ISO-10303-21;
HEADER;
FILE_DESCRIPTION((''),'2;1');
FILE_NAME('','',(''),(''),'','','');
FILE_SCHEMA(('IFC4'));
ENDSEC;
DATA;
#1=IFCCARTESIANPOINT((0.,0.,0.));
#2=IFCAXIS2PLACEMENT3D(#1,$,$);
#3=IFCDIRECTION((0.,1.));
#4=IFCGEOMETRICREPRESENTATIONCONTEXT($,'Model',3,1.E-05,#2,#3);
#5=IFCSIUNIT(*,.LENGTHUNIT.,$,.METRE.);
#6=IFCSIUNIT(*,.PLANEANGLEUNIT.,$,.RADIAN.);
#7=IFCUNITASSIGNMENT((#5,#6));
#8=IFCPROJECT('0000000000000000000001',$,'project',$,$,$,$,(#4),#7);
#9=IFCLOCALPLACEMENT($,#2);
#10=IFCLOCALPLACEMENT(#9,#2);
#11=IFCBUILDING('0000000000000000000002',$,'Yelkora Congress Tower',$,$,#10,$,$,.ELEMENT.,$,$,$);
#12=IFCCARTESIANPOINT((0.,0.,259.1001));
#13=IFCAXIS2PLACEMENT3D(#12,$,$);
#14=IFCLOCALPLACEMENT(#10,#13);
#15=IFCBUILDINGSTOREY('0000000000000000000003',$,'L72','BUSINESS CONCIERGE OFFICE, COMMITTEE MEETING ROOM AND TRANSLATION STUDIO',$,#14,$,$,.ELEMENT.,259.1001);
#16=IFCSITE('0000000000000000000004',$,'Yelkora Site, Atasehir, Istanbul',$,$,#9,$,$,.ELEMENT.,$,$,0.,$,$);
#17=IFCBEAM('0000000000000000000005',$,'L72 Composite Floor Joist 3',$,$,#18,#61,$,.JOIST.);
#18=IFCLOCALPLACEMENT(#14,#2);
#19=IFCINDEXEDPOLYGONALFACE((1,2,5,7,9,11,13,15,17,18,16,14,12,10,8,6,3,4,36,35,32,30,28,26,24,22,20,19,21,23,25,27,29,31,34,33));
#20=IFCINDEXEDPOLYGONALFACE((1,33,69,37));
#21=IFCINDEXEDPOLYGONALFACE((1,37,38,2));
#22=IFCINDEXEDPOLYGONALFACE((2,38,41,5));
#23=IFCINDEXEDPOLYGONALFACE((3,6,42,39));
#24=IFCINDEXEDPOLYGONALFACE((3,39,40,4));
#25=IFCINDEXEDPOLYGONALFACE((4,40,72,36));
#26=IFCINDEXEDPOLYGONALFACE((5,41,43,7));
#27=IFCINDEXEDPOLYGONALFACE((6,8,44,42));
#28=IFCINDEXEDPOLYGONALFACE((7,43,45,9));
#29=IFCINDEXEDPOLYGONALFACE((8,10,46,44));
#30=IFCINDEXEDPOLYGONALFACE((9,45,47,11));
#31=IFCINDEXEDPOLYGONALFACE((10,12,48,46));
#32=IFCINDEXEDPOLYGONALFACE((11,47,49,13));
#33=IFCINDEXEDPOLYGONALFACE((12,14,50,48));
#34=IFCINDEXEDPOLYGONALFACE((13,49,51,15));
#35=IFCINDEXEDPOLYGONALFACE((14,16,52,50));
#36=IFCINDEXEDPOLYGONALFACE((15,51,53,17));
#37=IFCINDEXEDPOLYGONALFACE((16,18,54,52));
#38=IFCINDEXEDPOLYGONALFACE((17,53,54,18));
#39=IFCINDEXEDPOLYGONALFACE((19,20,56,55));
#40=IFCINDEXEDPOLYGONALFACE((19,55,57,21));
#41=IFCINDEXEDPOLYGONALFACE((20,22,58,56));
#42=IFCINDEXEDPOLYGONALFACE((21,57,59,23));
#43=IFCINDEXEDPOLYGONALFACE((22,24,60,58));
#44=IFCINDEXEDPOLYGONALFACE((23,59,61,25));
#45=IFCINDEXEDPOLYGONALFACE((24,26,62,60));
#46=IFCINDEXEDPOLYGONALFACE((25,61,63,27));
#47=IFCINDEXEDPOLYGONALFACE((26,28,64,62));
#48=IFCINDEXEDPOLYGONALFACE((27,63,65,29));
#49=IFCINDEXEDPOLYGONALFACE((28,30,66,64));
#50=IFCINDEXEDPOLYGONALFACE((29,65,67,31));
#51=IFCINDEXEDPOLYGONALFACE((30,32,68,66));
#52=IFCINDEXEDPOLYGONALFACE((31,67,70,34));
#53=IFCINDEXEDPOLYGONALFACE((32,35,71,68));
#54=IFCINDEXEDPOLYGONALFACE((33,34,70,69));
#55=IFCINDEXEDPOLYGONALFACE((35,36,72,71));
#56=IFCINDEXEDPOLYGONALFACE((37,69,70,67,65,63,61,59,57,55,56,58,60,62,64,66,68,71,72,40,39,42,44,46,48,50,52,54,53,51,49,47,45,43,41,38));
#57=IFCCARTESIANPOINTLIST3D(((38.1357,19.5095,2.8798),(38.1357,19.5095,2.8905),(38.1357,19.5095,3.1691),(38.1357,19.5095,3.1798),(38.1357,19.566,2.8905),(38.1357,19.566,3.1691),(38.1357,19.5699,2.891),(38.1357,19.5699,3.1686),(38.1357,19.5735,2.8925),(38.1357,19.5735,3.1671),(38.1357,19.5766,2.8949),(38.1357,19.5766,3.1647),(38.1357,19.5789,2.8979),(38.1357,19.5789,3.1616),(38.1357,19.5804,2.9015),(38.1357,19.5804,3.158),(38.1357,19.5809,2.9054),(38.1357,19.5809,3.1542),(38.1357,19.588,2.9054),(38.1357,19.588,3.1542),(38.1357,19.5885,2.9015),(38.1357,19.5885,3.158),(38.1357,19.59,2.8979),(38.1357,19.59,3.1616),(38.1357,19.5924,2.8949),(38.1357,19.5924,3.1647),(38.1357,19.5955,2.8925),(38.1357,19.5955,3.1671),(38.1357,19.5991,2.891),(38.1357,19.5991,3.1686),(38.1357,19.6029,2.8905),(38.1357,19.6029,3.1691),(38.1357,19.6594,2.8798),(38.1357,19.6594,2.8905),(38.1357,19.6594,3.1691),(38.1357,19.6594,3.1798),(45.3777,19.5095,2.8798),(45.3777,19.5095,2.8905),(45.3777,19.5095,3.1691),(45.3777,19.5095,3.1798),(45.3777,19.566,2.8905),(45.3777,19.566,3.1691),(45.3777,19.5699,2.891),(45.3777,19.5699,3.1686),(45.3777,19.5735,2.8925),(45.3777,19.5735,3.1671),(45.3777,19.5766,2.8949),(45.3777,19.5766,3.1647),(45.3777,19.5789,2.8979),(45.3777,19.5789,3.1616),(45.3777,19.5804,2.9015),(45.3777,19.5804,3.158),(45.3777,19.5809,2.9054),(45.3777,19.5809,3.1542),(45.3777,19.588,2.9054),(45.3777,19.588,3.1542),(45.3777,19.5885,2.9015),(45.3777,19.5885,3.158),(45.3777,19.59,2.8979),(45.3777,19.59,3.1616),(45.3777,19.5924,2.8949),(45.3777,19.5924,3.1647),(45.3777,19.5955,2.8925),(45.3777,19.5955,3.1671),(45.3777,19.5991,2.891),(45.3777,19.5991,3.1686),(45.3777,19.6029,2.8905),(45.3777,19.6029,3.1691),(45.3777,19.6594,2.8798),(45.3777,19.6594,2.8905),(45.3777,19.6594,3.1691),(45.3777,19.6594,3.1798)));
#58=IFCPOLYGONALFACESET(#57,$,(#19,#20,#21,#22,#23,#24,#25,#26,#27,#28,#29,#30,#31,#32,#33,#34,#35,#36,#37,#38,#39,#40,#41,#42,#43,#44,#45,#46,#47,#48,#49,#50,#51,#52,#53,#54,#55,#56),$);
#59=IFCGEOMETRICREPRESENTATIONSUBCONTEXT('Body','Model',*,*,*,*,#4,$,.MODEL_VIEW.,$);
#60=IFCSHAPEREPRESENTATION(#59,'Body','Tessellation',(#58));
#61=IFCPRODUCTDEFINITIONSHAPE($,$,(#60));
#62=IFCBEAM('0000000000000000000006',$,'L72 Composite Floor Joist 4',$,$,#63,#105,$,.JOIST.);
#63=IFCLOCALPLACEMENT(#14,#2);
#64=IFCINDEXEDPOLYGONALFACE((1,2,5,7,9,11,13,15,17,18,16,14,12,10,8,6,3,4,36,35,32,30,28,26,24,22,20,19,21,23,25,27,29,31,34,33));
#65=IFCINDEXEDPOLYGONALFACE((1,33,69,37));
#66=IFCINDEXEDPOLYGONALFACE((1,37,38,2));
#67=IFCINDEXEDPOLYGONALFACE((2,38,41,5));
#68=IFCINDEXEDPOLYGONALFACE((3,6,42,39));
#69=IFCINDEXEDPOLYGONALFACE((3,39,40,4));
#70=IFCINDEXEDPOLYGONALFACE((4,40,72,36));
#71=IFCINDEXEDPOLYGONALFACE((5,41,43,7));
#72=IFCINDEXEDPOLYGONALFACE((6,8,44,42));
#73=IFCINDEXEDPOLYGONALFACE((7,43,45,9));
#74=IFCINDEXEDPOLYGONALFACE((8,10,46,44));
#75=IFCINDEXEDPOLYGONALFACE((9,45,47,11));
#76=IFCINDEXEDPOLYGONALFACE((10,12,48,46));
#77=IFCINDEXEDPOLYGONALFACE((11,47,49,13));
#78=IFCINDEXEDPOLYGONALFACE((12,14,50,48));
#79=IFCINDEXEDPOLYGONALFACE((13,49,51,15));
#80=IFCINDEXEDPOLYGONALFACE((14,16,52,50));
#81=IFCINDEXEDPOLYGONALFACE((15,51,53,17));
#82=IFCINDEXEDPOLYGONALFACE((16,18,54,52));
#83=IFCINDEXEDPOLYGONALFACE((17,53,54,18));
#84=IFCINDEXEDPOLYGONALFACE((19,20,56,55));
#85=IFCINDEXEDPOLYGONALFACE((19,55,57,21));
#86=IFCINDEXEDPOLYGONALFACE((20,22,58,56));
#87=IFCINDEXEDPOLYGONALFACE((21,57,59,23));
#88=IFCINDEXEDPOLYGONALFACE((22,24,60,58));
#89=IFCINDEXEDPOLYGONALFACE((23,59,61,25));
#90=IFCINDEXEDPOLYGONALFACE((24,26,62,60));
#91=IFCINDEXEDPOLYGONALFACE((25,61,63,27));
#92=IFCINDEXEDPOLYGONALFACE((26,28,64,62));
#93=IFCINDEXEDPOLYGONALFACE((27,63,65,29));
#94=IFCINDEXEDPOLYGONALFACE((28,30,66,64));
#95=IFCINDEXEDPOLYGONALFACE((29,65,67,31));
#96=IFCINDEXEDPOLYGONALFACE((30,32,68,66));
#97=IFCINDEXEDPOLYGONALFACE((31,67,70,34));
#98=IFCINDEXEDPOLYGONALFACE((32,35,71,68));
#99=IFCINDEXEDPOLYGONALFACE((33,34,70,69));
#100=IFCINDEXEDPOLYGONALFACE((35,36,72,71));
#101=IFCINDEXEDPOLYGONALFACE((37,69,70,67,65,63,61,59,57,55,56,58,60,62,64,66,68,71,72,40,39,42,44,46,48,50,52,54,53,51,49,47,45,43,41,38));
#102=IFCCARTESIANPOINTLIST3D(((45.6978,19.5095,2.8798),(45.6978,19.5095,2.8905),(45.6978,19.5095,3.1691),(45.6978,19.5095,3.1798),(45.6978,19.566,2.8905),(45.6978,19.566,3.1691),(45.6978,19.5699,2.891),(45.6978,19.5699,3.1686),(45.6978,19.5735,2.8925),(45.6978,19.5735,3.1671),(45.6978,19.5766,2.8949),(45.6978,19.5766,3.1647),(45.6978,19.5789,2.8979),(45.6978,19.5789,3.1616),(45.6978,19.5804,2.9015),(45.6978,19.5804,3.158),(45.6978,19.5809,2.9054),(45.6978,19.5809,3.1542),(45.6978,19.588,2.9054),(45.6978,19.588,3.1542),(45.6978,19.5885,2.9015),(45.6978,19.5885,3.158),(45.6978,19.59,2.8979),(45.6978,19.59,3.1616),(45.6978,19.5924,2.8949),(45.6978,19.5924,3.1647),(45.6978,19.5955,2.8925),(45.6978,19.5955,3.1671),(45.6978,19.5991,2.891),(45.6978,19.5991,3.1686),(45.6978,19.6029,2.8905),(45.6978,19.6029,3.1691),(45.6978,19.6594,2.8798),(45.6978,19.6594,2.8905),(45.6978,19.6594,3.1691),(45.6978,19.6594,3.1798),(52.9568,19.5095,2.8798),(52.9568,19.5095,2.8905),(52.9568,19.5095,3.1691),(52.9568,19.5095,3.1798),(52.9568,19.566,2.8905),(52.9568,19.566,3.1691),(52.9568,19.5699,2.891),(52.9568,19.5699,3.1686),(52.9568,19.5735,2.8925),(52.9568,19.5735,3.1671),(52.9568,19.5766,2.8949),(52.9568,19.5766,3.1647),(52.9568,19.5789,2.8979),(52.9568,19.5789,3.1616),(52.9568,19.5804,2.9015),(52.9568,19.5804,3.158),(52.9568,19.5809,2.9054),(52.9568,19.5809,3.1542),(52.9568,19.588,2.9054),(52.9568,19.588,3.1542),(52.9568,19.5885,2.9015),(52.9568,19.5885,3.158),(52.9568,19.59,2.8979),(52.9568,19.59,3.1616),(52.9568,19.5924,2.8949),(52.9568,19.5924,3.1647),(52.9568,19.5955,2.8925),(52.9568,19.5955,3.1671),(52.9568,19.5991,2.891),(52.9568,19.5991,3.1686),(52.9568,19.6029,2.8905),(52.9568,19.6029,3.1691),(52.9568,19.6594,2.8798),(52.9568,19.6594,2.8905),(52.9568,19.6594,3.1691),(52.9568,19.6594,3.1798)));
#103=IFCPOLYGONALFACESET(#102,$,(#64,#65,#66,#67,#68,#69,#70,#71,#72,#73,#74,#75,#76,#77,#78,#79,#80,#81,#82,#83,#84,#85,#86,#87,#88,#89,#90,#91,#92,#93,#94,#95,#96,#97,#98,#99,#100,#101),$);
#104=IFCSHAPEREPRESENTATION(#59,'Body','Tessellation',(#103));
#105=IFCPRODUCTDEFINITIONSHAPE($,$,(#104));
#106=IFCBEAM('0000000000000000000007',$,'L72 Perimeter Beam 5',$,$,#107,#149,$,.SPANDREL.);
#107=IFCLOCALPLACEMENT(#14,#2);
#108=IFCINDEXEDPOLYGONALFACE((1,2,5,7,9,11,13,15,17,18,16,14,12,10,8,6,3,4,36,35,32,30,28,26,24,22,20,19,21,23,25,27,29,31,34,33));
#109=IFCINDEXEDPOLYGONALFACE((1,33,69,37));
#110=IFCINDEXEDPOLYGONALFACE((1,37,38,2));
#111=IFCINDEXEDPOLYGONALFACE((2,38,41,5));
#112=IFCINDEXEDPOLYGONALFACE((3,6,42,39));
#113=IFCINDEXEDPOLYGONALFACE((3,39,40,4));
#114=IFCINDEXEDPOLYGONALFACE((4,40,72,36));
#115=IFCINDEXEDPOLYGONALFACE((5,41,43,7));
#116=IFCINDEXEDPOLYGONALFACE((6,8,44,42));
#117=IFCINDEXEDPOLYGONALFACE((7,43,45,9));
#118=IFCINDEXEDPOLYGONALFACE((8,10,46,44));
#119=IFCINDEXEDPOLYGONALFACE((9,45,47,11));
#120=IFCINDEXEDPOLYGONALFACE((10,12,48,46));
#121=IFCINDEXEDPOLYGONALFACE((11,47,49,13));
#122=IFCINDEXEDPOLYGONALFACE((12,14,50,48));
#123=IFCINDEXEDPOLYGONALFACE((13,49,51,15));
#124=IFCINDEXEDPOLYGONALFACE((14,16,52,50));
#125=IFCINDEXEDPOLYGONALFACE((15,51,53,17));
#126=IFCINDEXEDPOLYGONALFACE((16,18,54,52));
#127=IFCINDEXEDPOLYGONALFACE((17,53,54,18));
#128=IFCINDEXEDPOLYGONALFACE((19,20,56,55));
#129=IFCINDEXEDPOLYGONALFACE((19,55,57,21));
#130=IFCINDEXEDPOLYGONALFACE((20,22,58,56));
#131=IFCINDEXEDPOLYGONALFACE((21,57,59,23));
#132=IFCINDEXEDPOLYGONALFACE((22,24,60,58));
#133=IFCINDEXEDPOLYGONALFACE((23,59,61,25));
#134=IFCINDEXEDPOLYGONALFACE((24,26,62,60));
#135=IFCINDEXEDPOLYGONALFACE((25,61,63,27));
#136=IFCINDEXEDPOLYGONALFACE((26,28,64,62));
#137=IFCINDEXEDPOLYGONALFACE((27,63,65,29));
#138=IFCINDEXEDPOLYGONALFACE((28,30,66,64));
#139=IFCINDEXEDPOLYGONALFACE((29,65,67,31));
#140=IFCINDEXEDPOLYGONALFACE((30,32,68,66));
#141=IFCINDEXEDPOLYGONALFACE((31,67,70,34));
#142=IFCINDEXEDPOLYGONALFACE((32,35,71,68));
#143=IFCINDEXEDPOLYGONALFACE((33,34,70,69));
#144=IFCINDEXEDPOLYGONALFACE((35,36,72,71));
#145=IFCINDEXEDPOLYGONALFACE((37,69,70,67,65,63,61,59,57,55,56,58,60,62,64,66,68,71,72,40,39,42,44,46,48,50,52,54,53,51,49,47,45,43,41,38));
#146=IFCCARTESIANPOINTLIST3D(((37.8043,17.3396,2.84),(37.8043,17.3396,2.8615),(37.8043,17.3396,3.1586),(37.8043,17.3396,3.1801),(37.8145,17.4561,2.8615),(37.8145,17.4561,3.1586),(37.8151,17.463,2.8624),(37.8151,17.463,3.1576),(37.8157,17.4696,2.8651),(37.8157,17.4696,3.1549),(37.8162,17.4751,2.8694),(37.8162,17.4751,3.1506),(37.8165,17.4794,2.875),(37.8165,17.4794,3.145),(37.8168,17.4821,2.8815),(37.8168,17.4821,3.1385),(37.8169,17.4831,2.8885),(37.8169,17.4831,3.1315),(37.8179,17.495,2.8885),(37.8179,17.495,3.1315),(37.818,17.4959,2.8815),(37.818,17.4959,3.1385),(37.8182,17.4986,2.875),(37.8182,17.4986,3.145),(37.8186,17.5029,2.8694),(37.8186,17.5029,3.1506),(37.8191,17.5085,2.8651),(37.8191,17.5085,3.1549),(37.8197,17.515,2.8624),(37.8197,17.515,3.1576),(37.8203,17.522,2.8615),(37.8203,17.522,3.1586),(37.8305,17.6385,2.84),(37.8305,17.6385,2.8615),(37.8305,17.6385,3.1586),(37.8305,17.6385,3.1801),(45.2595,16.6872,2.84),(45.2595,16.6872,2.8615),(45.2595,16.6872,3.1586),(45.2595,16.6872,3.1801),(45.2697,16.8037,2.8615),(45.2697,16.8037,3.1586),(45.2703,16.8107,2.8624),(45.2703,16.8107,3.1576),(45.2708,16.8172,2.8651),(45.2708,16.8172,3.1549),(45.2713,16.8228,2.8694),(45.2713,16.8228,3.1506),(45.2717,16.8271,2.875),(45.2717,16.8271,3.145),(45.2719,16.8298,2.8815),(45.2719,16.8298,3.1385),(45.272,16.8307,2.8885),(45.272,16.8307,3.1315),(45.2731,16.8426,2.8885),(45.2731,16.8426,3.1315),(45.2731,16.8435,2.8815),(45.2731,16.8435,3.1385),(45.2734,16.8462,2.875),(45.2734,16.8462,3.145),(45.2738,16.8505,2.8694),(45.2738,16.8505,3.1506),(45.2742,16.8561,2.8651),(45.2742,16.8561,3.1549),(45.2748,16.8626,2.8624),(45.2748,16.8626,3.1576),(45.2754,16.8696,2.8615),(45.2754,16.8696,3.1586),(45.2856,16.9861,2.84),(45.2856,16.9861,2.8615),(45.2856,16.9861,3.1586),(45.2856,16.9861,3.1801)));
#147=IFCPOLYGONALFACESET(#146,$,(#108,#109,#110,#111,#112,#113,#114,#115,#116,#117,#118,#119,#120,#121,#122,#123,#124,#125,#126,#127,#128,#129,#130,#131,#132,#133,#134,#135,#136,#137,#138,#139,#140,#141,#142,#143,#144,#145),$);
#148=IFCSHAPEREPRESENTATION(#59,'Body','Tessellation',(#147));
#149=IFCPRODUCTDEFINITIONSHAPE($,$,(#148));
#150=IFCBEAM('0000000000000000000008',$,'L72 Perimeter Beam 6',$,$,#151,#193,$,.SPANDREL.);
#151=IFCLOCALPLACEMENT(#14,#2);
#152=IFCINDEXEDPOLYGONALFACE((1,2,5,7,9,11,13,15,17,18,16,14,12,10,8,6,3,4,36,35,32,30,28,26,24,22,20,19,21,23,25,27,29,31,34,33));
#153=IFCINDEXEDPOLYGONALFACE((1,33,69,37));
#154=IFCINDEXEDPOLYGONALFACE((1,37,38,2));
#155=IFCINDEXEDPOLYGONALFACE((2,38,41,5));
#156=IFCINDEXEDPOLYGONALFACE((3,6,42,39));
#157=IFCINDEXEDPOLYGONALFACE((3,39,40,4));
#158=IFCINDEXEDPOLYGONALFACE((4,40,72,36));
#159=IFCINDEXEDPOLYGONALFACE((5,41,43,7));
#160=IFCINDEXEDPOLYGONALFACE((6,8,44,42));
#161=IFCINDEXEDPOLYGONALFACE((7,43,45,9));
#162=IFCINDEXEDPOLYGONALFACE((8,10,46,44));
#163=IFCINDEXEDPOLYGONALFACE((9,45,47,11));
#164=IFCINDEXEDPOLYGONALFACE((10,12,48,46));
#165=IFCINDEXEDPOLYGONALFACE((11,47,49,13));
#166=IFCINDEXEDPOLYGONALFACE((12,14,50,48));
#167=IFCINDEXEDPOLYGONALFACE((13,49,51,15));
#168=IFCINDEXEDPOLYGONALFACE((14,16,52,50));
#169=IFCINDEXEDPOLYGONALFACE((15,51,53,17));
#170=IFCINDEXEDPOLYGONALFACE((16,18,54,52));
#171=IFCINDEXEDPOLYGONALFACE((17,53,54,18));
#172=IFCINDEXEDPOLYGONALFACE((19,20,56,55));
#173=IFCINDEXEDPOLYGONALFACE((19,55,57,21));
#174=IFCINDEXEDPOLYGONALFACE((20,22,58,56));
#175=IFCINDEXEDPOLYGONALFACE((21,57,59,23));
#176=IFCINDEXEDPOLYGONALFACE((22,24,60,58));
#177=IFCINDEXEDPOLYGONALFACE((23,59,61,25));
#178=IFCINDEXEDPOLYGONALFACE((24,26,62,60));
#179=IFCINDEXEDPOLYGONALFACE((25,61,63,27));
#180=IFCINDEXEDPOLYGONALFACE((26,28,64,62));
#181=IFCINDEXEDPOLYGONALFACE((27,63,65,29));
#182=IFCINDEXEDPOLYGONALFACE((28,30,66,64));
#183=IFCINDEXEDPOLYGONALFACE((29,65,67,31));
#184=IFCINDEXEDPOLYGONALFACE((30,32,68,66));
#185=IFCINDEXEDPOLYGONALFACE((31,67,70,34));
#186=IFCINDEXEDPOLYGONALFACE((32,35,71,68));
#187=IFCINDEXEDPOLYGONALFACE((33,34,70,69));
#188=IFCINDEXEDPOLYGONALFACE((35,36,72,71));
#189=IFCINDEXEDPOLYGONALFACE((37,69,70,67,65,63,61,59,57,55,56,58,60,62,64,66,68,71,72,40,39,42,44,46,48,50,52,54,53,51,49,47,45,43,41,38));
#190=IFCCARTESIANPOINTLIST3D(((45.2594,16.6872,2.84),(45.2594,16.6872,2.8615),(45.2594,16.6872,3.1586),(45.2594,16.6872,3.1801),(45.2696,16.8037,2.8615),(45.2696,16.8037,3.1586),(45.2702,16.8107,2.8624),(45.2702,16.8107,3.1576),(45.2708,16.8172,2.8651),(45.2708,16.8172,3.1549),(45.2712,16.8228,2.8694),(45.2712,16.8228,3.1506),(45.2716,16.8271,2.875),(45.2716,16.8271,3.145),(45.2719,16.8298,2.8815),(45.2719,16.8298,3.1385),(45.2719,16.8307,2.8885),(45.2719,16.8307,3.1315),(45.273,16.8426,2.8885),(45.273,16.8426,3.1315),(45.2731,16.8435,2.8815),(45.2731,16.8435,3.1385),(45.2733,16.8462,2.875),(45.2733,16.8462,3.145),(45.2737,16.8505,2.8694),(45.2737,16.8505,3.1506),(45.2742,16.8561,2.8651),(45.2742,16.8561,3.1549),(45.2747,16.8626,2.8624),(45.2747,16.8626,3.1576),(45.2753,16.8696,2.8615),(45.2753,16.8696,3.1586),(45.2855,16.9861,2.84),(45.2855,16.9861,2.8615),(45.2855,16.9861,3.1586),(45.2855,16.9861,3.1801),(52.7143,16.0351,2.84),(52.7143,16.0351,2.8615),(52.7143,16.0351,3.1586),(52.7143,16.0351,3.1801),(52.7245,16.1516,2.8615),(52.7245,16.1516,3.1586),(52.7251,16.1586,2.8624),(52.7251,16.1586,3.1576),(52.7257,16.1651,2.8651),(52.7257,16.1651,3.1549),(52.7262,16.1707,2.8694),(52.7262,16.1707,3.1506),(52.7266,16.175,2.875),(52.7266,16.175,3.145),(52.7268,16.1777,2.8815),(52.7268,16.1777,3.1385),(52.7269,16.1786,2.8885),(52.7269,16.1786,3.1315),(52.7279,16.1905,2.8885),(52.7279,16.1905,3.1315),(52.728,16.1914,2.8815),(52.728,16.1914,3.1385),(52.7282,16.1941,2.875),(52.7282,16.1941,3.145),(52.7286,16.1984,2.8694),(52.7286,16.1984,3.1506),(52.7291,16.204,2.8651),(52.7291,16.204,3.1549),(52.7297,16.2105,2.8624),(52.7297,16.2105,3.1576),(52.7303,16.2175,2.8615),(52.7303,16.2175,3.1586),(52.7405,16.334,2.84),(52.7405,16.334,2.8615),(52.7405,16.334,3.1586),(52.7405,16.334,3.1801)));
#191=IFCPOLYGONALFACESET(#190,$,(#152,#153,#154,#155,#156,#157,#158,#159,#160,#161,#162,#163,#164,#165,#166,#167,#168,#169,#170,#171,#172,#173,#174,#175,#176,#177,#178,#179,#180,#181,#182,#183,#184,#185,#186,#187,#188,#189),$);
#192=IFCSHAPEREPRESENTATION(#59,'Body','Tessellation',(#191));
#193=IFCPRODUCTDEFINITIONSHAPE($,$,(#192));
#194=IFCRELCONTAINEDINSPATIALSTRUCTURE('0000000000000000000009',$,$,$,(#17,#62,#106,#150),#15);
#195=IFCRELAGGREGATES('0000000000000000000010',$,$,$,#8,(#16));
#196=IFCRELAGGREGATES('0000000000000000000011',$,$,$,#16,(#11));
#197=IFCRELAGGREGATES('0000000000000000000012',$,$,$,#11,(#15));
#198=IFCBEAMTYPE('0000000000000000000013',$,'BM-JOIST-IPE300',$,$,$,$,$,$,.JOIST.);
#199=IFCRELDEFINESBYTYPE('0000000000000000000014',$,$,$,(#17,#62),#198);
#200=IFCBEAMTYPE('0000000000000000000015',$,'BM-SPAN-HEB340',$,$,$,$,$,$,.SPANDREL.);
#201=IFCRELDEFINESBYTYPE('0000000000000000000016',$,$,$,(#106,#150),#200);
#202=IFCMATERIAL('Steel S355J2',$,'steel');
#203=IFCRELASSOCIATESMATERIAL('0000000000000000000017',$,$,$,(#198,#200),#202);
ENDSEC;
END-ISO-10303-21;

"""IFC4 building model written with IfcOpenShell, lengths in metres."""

from ifc_helpers import new_model, si_unit, direction, frame, origin, origin_2d, place, context, subcontext, project, spatial, i_section, extrude, material, material_profile, profile_set, type_object, element, save


model = new_model("IFC4")

# Units and contexts
model_context = context("Model", 3, precision=1e-05, world=origin(), true_north=direction((0.0, 1.0)))
body_context = subcontext(model_context, "Body", "Model", "MODEL_VIEW")
ifc_project = project(units=[si_unit("LENGTHUNIT", "METRE"), si_unit("PLANEANGLEUNIT", "RADIAN")], contexts=[model_context])

# Site, building, storey
site_placement = place(None, origin())
site = spatial("IfcSite", under=ifc_project, at=site_placement, Name="Yelkora Site, Atasehir, Istanbul", CompositionType="ELEMENT", RefElevation=0.0)
building_placement = place(site_placement, origin())
building = spatial("IfcBuilding", under=site, at=building_placement, Name="Yelkora Congress Tower", CompositionType="ELEMENT")
storey_placement = place(building_placement, frame((0.0, 0.0, 259.1001)))
storey = spatial("IfcBuildingStorey", under=building, at=storey_placement, Name="L72", Description="BUSINESS CONCIERGE OFFICE, COMMITTEE MEETING ROOM AND TRANSLATION STUDIO", CompositionType="ELEMENT", Elevation=259.1001)

# Shared definitions
ifc_material_1 = material(Name="Steel S355J2", Category="steel")

# Beams
ifc_material_profile_1 = material_profile(ifc_material_1, i_section(OverallWidth=0.1499, OverallDepth=0.3, WebThickness=0.0071, FlangeThickness=0.0107, FilletRadius=0.0149, at=origin_2d()), Name="IPE 300")
ifc_profile_set_1 = profile_set([ifc_material_profile_1], Name="Steel S355J2")
beam_type_1 = type_object("IfcBeamType", Name="BM-JOIST-IPE300", PredefinedType="JOIST", material=ifc_profile_set_1)
beam_1_placement = place(storey_placement, frame((38.1357, 19.5845, 3.0298), z_axis=(1.0, 0.0, 0.0), x_axis=(0.0, 1.0, 0.0)))
element("IfcBeam", 1, at=beam_1_placement, inside=storey, type_object=beam_type_1, Name="L72 Composite Floor Joist 3", PredefinedType="JOIST", context=body_context, shape_type="SweptSolid", body=[
    extrude(i_section(OverallWidth=0.1499, OverallDepth=0.3, WebThickness=0.0071, FlangeThickness=0.0107, FilletRadius=0.0149, at=origin_2d()), origin(), (0.0, 0.0, 1.0), 7.2419),
])
beam_2_placement = place(storey_placement, frame((45.6978, 19.5845, 3.0298), z_axis=(1.0, 0.0, 0.0), x_axis=(0.0, 1.0, 0.0)))
element("IfcBeam", 2, at=beam_2_placement, inside=storey, type_object=beam_type_1, Name="L72 Composite Floor Joist 4", PredefinedType="JOIST", context=body_context, shape_type="SweptSolid", body=[
    extrude(i_section(OverallWidth=0.1499, OverallDepth=0.3, WebThickness=0.0071, FlangeThickness=0.0107, FilletRadius=0.0149, at=origin_2d()), origin(), (0.0, 0.0, 1.0), 7.259),
])
ifc_material_profile_2 = material_profile(ifc_material_1, i_section(OverallWidth=0.3, OverallDepth=0.3401, WebThickness=0.012, FlangeThickness=0.0215, FilletRadius=0.0271, at=origin_2d()), Name="HEB 340")
ifc_profile_set_2 = profile_set([ifc_material_profile_2], Name="Steel S355J2")
beam_type_2 = type_object("IfcBeamType", Name="BM-SPAN-HEB340", PredefinedType="SPANDREL", material=ifc_profile_set_2)
beam_3_placement = place(storey_placement, frame((37.8174, 17.489, 3.01), z_axis=(0.996193, -0.08717, 0.0), x_axis=(0.08717, 0.996193, 0.0)))
element("IfcBeam", 3, at=beam_3_placement, inside=storey, type_object=beam_type_2, Name="L72 Perimeter Beam 5", PredefinedType="SPANDREL", context=body_context, shape_type="SweptSolid", body=[
    extrude(i_section(OverallWidth=0.3, OverallDepth=0.3401, WebThickness=0.012, FlangeThickness=0.0215, FilletRadius=0.0271, at=origin_2d()), origin(), (0.0, 0.0, 1.0), 7.4836),
])
beam_4_placement = place(storey_placement, frame((45.2725, 16.8367, 3.01), z_axis=(0.996196, -0.087141, 0.0), x_axis=(0.087141, 0.996196, 0.0)))
element("IfcBeam", 4, at=beam_4_placement, inside=storey, type_object=beam_type_2, Name="L72 Perimeter Beam 6", PredefinedType="SPANDREL", context=body_context, shape_type="SweptSolid", body=[
    extrude(i_section(OverallWidth=0.3, OverallDepth=0.3401, WebThickness=0.012, FlangeThickness=0.0215, FilletRadius=0.0271, at=origin_2d()), origin(), (0.0, 0.0, 1.0), 7.4834),
])

save(model, "model.ifc")
